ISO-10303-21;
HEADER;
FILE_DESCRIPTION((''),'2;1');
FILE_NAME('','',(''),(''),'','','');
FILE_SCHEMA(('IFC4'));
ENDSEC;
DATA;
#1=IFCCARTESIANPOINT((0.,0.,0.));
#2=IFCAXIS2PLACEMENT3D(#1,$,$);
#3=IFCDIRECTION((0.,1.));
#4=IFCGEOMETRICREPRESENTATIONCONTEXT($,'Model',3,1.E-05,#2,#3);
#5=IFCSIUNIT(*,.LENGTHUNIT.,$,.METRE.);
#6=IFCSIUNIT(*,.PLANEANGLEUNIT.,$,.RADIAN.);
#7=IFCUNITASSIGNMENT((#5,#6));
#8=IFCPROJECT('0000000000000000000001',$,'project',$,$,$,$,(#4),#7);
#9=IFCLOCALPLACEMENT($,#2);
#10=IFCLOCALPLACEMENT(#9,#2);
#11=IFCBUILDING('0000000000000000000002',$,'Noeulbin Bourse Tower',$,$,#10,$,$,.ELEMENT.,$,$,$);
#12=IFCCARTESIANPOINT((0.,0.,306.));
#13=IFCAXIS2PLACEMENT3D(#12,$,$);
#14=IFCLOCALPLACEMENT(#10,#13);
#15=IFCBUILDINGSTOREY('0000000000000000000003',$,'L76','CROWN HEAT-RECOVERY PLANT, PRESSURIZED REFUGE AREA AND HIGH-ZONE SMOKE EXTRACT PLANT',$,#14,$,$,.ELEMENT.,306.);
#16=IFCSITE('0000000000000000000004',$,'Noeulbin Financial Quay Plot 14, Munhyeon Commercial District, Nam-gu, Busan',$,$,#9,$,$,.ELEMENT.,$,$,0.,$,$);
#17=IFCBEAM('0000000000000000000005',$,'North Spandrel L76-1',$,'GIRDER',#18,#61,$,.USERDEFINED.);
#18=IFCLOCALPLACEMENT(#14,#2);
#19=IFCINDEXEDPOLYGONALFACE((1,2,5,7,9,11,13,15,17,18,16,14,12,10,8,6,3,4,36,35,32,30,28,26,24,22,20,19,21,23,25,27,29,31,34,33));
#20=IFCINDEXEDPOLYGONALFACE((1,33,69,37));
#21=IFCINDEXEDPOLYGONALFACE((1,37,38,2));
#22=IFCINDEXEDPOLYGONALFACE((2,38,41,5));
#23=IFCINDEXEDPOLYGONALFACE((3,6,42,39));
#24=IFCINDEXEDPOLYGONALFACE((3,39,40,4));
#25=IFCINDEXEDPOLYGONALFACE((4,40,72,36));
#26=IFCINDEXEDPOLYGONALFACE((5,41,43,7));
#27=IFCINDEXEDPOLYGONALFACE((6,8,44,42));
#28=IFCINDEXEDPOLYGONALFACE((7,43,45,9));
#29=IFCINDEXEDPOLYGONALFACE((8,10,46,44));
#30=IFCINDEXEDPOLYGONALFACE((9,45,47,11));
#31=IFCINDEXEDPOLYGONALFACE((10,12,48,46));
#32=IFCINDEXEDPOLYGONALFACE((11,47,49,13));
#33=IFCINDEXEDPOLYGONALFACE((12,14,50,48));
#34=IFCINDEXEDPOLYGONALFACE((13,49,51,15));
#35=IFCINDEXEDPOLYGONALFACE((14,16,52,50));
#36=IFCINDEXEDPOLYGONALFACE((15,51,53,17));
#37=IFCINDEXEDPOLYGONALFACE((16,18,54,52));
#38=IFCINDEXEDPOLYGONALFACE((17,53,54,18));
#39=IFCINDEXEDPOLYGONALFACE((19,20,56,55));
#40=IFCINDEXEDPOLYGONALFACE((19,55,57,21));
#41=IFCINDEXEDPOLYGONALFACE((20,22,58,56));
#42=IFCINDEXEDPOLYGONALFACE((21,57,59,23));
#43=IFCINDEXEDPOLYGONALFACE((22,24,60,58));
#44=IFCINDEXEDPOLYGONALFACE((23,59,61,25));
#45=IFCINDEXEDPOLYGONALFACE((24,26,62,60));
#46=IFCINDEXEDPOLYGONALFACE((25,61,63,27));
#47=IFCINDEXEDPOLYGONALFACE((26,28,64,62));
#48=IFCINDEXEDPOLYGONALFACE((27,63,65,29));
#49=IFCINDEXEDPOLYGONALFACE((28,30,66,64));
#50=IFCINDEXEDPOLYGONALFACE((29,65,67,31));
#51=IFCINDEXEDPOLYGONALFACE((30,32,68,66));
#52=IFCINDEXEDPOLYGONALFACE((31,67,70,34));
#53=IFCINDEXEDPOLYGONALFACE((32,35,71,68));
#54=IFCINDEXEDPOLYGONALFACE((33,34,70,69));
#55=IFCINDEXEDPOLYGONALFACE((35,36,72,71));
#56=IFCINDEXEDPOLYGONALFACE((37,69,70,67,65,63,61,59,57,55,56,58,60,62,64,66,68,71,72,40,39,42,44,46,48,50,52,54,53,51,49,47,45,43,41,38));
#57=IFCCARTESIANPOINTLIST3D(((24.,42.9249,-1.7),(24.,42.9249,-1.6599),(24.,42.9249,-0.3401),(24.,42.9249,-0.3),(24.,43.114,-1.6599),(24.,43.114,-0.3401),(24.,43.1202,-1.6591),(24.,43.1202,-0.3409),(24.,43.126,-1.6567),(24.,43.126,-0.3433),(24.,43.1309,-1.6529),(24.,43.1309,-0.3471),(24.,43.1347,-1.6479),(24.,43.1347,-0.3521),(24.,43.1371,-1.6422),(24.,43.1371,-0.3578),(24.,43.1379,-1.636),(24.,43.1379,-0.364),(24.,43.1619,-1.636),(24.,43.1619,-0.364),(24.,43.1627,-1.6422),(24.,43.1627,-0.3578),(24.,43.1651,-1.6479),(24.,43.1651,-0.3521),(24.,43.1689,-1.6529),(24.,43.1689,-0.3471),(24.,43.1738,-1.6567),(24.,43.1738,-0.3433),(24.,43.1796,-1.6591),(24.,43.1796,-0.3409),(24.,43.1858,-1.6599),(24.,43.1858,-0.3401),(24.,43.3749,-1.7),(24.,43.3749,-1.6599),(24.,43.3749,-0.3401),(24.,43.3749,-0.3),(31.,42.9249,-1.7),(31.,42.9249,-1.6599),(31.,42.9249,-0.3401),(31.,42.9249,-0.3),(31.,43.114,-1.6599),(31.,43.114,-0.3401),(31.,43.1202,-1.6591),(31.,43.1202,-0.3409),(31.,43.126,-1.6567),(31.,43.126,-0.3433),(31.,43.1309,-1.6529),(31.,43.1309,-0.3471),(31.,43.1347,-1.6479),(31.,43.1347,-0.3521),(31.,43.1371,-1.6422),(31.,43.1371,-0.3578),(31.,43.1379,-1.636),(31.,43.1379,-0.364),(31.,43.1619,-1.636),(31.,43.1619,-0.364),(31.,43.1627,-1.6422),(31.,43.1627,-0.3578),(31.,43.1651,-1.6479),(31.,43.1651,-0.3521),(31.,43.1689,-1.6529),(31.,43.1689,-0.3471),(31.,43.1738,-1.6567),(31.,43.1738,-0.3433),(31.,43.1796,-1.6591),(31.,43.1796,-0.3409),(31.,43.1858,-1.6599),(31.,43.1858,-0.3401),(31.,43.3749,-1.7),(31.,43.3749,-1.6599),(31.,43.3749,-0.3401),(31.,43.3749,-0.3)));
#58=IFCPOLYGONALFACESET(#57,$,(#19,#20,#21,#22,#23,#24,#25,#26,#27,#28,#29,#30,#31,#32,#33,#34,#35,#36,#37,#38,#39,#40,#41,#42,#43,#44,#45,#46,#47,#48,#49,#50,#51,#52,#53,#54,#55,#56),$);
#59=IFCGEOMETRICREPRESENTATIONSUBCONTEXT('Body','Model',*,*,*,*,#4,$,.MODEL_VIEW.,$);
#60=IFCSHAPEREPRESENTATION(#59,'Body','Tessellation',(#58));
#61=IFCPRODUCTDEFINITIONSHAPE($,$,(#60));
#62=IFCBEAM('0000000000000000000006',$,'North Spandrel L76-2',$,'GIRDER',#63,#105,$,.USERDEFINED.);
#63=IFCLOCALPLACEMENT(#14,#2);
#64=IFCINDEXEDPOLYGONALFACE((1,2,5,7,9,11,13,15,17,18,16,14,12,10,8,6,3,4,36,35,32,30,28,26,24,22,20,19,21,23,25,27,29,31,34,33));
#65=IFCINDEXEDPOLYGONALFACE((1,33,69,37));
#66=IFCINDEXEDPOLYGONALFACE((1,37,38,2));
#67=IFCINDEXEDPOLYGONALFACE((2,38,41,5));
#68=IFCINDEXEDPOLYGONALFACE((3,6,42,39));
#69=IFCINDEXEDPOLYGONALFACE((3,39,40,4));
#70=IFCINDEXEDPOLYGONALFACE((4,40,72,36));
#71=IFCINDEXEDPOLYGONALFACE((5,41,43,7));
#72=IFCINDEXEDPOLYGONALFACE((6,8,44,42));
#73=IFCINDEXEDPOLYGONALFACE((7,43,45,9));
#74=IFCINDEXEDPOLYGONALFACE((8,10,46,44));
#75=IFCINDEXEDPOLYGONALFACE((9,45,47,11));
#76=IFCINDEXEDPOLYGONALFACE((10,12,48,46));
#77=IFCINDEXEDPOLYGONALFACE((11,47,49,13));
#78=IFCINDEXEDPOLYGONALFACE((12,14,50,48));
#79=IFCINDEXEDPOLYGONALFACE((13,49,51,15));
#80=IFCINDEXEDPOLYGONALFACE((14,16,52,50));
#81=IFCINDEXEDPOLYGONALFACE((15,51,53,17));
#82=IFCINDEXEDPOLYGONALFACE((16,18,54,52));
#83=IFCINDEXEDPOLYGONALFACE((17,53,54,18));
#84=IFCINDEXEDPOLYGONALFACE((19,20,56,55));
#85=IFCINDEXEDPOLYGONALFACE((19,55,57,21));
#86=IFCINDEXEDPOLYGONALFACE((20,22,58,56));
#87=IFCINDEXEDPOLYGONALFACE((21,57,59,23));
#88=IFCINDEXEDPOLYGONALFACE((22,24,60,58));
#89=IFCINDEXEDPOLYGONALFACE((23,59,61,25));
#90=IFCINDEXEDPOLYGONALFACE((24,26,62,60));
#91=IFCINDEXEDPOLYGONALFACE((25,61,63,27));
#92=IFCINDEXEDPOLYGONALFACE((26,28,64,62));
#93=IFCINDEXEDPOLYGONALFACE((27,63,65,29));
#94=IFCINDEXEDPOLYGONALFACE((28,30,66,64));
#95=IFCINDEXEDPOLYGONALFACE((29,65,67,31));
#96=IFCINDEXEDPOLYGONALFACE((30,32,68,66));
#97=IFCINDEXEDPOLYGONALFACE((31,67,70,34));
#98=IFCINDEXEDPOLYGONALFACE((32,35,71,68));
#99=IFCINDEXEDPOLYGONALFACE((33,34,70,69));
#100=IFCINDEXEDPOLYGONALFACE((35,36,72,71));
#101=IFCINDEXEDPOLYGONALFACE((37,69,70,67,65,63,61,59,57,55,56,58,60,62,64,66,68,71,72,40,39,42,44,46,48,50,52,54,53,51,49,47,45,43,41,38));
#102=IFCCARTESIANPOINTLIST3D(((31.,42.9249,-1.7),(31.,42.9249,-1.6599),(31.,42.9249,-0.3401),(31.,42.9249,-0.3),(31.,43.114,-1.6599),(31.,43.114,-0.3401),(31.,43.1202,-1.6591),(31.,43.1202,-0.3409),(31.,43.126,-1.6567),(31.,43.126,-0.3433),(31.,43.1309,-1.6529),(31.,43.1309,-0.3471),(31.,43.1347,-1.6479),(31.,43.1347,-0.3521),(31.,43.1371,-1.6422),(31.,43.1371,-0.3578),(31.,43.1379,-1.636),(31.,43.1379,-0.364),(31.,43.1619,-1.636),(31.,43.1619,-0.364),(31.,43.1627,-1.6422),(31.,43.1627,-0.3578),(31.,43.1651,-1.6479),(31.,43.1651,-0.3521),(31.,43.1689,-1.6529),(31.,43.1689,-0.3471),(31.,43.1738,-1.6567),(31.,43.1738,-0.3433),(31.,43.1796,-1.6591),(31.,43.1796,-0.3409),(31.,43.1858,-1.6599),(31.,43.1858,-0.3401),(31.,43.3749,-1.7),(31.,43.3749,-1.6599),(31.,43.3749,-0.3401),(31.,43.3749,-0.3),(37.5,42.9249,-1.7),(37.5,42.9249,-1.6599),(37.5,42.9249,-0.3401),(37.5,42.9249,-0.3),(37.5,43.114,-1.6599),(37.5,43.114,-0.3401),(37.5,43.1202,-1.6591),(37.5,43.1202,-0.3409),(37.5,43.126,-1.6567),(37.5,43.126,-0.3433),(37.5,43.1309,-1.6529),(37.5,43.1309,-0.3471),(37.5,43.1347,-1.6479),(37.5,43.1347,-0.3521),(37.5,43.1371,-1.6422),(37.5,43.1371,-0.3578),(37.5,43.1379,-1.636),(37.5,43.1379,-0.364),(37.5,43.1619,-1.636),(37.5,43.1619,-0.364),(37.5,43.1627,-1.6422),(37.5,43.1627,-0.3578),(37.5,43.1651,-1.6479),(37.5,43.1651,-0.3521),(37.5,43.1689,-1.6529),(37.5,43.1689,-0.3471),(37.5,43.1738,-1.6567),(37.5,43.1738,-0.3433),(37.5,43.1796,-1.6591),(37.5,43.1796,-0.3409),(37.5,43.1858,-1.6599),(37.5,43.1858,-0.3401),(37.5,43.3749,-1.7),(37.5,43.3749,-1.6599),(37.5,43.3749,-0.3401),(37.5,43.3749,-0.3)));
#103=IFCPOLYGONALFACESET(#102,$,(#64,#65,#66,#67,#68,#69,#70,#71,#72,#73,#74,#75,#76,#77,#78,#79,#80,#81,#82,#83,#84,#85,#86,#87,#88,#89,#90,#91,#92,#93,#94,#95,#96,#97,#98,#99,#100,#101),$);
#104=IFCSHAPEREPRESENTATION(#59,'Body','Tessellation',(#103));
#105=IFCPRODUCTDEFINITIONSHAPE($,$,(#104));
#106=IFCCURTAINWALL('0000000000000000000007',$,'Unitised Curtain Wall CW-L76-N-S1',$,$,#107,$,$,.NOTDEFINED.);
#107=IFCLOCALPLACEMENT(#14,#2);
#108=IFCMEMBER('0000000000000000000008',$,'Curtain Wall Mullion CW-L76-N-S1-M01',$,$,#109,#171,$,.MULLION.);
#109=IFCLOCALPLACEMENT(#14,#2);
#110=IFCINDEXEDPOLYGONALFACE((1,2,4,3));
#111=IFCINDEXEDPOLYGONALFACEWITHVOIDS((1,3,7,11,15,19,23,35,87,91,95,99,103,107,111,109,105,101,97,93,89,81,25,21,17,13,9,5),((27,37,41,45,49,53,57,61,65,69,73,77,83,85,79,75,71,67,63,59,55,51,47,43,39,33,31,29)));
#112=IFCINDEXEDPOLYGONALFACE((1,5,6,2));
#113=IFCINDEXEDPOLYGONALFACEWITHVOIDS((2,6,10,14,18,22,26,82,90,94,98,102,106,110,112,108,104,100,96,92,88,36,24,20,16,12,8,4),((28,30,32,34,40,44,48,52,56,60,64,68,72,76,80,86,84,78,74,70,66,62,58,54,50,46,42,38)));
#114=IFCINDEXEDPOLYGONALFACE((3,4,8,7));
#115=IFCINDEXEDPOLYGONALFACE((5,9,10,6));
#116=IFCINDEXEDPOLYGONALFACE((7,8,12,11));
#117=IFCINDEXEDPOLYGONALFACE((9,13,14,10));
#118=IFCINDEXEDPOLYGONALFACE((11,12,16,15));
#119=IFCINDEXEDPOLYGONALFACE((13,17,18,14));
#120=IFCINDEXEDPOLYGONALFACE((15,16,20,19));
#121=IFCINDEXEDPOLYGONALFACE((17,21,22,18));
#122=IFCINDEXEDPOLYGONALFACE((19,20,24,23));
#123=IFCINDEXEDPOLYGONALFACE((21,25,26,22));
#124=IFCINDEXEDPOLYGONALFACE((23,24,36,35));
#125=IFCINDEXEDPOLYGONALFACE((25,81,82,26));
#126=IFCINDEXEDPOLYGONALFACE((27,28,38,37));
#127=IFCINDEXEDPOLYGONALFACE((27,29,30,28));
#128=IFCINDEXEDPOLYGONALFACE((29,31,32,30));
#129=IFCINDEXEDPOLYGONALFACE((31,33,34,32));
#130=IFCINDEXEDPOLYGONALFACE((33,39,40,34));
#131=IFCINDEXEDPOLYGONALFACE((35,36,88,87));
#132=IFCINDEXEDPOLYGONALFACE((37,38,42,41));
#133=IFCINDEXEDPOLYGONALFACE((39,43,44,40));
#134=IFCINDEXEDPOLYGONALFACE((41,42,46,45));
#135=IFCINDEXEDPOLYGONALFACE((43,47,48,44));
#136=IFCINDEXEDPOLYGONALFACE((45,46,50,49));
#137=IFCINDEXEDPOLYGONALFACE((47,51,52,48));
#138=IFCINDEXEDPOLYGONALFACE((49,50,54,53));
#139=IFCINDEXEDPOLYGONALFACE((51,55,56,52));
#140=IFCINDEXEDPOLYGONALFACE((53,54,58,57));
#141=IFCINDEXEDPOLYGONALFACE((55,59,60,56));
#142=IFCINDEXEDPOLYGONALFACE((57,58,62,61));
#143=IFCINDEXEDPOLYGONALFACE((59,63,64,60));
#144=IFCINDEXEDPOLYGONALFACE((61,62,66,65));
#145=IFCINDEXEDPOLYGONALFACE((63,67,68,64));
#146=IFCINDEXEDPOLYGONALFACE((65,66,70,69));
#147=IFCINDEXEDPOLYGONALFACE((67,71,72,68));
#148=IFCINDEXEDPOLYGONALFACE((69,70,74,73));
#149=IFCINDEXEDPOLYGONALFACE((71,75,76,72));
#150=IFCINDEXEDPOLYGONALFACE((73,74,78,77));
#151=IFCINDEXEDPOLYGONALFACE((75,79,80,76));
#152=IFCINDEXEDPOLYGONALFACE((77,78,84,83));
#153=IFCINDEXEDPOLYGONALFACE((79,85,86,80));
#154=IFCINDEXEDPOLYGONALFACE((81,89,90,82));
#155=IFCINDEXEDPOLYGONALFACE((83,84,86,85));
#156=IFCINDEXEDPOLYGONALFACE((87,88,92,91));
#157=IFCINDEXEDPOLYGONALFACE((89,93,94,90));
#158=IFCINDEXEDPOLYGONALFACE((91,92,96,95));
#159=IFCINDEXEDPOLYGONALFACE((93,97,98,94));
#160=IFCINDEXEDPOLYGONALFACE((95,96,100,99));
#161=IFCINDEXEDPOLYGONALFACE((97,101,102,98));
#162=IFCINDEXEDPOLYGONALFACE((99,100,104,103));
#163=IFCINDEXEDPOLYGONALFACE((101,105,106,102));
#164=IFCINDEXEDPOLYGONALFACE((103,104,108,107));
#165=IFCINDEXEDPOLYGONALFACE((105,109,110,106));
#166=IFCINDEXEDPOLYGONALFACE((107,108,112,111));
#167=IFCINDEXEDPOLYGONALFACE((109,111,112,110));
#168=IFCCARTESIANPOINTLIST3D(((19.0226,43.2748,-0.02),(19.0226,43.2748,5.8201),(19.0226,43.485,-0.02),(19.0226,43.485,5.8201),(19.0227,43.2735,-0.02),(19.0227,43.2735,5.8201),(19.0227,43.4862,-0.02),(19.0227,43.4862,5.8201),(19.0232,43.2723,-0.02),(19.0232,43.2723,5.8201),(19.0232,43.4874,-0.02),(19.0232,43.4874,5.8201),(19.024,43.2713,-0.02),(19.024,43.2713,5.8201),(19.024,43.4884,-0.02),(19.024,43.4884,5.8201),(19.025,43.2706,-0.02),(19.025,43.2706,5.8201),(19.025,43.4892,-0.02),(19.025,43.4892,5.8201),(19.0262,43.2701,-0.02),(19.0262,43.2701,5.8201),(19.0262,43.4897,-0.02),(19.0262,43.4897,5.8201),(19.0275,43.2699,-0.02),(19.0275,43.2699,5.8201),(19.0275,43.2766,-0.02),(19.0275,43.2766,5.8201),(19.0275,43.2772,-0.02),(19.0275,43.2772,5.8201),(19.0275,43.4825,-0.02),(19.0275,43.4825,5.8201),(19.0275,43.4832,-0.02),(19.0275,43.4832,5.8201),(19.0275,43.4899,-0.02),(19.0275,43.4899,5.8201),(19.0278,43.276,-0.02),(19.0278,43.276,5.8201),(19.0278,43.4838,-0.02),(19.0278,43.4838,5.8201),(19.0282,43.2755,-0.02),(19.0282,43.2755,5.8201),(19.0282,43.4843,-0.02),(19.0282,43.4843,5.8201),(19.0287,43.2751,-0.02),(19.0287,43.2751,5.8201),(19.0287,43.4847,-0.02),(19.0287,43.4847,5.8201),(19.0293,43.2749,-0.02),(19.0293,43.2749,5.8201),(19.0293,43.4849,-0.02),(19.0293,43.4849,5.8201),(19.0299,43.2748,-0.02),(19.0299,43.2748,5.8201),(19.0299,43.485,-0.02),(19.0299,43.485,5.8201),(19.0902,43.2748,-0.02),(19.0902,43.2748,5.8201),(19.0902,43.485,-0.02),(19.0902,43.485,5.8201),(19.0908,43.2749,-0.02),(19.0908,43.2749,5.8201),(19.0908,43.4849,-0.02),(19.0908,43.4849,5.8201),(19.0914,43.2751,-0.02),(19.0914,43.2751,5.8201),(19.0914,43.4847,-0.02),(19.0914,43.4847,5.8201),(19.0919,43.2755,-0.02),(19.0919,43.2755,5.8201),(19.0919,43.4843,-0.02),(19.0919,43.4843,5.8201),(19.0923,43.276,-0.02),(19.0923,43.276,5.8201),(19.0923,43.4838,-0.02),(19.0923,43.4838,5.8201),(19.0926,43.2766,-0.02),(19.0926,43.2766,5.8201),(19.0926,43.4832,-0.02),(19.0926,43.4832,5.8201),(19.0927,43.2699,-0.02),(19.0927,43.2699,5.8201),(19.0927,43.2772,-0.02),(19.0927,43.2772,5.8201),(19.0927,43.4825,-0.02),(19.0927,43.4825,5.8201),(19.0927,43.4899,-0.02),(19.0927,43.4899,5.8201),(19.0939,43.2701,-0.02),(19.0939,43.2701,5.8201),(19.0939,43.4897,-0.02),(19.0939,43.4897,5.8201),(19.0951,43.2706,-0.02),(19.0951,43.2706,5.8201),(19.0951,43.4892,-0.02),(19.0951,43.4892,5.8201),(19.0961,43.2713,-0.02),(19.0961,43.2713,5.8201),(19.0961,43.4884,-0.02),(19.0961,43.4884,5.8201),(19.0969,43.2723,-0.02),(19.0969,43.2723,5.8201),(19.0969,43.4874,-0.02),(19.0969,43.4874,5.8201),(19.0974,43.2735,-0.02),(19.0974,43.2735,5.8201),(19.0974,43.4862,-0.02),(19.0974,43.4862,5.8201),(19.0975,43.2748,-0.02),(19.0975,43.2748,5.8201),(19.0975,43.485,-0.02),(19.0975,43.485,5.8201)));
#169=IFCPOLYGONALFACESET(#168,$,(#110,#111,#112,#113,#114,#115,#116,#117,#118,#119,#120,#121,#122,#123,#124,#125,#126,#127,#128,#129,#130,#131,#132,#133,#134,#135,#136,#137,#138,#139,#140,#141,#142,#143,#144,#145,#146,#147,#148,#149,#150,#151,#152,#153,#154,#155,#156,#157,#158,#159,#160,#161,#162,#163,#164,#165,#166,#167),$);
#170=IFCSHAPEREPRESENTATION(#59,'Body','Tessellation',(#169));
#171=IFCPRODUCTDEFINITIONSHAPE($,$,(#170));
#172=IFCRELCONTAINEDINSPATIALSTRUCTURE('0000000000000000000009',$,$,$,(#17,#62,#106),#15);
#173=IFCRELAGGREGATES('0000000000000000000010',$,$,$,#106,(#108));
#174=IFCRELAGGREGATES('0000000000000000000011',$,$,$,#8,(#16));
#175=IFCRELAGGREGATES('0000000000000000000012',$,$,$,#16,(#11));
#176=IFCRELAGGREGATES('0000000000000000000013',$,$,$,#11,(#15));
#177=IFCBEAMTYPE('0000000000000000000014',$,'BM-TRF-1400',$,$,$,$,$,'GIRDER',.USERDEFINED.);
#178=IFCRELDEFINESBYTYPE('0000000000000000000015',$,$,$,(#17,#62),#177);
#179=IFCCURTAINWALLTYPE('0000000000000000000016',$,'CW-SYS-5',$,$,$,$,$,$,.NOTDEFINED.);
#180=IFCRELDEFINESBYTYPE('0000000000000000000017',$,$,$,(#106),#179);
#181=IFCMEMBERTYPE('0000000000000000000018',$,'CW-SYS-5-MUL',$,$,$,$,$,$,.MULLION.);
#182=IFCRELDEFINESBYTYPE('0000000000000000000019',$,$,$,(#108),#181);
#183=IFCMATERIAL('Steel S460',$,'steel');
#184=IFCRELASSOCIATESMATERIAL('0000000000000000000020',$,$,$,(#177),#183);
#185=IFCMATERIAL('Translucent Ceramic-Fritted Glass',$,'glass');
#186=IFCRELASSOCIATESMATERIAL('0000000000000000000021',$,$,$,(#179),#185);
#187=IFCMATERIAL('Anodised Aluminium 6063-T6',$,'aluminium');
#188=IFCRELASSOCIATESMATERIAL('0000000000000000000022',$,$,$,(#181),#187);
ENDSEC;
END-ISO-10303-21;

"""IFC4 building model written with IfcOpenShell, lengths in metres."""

from ifc_helpers import new_model, si_unit, direction, frame, origin, origin_2d, place, context, subcontext, project, spatial, hollow_rectangle, i_section, extrude, material, material_profile, profile_set, type_object, element, aggregate, save


model = new_model("IFC4")

# Units and contexts
model_context = context("Model", 3, precision=1e-05, world=origin(), true_north=direction((0.0, 1.0)))
body_context = subcontext(model_context, "Body", "Model", "MODEL_VIEW")
ifc_project = project(units=[si_unit("LENGTHUNIT", "METRE"), si_unit("PLANEANGLEUNIT", "RADIAN")], contexts=[model_context])

# Site, building, storey
site_placement = place(None, origin())
site = spatial("IfcSite", under=ifc_project, at=site_placement, Name="Noeulbin Financial Quay Plot 14, Munhyeon Commercial District, Nam-gu, Busan", CompositionType="ELEMENT", RefElevation=0.0)
building_placement = place(site_placement, origin())
building = spatial("IfcBuilding", under=site, at=building_placement, Name="Noeulbin Bourse Tower", CompositionType="ELEMENT")
storey_placement = place(building_placement, frame((0.0, 0.0, 306.0)))
storey = spatial("IfcBuildingStorey", under=building, at=storey_placement, Name="L76", Description="CROWN HEAT-RECOVERY PLANT, PRESSURIZED REFUGE AREA AND HIGH-ZONE SMOKE EXTRACT PLANT", CompositionType="ELEMENT", Elevation=306.0)

# Beams
ifc_material_1 = material(Name="Steel S460", Category="steel")
ifc_material_profile_1 = material_profile(ifc_material_1, i_section(OverallWidth=0.45, OverallDepth=1.3999, WebThickness=0.0239, FlangeThickness=0.04, FilletRadius=0.0239, at=origin_2d()), Name="PG-1400x450x24x40", Category="LoadBearing")
ifc_profile_set_1 = profile_set([ifc_material_profile_1], Name="Steel S460")
beam_type_1 = type_object("IfcBeamType", Name="BM-TRF-1400", ElementType="GIRDER", PredefinedType="USERDEFINED", material=ifc_profile_set_1)
beam_1_placement = place(storey_placement, frame((24.0, 43.1499, -1.0), z_axis=(1.0, 0.0, 0.0), x_axis=(0.0, 1.0, 0.0)))
element("IfcBeam", 1, at=beam_1_placement, inside=storey, type_object=beam_type_1, Name="North Spandrel L76-1", ObjectType="GIRDER", PredefinedType="USERDEFINED", context=body_context, shape_type="SweptSolid", body=[
    extrude(i_section(OverallWidth=0.45, OverallDepth=1.3999, WebThickness=0.0239, FlangeThickness=0.04, FilletRadius=0.0239, at=origin_2d()), origin(), (0.0, 0.0, 1.0), 7.0),
])
beam_2_placement = place(storey_placement, frame((31.0, 43.1499, -1.0), z_axis=(1.0, 0.0, 0.0), x_axis=(0.0, 1.0, 0.0)))
element("IfcBeam", 2, at=beam_2_placement, inside=storey, type_object=beam_type_1, Name="North Spandrel L76-2", ObjectType="GIRDER", PredefinedType="USERDEFINED", context=body_context, shape_type="SweptSolid", body=[
    extrude(i_section(OverallWidth=0.45, OverallDepth=1.3999, WebThickness=0.0239, FlangeThickness=0.04, FilletRadius=0.0239, at=origin_2d()), origin(), (0.0, 0.0, 1.0), 6.5),
])

# Curtain wall, member
ifc_material_2 = material(Name="Translucent Ceramic-Fritted Glass", Category="glass")
curtain_wall_type = type_object("IfcCurtainWallType", Name="CW-SYS-5", PredefinedType="NOTDEFINED", material=ifc_material_2)
curtain_wall_1_placement = place(storey_placement, origin())
curtain_wall_1 = element("IfcCurtainWall", 3, at=curtain_wall_1_placement, inside=storey, type_object=curtain_wall_type, Name="Unitised Curtain Wall CW-L76-N-S1", PredefinedType="NOTDEFINED")
ifc_material_3 = material(Name="Anodised Aluminium 6063-T6", Category="aluminium")
ifc_material_profile_2 = material_profile(ifc_material_3, hollow_rectangle(XDim=0.075, YDim=0.22, WallThickness=0.0049, InnerFilletRadius=0.0024, OuterFilletRadius=0.0049, at=origin_2d()), Name="ALU-MULL-75x220x5", Category="LoadBearing")
ifc_profile_set_2 = profile_set([ifc_material_profile_2], Name="Anodised Aluminium 6063-T6")
member_type_1 = type_object("IfcMemberType", Name="CW-SYS-5-MUL", PredefinedType="MULLION", material=ifc_profile_set_2)
member_1_placement = place(storey_placement, frame((19.0601, 43.3799, -0.02), z_axis=(0.0, 0.0, 1.0), x_axis=(1.0, 0.0, 0.0)))
member_1 = element("IfcMember", 4, at=member_1_placement, type_object=member_type_1, Name="Curtain Wall Mullion CW-L76-N-S1-M01", PredefinedType="MULLION", context=body_context, shape_type="SweptSolid", body=[
    extrude(hollow_rectangle(XDim=0.075, YDim=0.22, WallThickness=0.0049, InnerFilletRadius=0.0024, OuterFilletRadius=0.0049, at=origin_2d()), origin(), (0.0, 0.0, 1.0), 5.8401),
])

aggregate(curtain_wall_1, [member_1])

save(model, "model.ifc")
